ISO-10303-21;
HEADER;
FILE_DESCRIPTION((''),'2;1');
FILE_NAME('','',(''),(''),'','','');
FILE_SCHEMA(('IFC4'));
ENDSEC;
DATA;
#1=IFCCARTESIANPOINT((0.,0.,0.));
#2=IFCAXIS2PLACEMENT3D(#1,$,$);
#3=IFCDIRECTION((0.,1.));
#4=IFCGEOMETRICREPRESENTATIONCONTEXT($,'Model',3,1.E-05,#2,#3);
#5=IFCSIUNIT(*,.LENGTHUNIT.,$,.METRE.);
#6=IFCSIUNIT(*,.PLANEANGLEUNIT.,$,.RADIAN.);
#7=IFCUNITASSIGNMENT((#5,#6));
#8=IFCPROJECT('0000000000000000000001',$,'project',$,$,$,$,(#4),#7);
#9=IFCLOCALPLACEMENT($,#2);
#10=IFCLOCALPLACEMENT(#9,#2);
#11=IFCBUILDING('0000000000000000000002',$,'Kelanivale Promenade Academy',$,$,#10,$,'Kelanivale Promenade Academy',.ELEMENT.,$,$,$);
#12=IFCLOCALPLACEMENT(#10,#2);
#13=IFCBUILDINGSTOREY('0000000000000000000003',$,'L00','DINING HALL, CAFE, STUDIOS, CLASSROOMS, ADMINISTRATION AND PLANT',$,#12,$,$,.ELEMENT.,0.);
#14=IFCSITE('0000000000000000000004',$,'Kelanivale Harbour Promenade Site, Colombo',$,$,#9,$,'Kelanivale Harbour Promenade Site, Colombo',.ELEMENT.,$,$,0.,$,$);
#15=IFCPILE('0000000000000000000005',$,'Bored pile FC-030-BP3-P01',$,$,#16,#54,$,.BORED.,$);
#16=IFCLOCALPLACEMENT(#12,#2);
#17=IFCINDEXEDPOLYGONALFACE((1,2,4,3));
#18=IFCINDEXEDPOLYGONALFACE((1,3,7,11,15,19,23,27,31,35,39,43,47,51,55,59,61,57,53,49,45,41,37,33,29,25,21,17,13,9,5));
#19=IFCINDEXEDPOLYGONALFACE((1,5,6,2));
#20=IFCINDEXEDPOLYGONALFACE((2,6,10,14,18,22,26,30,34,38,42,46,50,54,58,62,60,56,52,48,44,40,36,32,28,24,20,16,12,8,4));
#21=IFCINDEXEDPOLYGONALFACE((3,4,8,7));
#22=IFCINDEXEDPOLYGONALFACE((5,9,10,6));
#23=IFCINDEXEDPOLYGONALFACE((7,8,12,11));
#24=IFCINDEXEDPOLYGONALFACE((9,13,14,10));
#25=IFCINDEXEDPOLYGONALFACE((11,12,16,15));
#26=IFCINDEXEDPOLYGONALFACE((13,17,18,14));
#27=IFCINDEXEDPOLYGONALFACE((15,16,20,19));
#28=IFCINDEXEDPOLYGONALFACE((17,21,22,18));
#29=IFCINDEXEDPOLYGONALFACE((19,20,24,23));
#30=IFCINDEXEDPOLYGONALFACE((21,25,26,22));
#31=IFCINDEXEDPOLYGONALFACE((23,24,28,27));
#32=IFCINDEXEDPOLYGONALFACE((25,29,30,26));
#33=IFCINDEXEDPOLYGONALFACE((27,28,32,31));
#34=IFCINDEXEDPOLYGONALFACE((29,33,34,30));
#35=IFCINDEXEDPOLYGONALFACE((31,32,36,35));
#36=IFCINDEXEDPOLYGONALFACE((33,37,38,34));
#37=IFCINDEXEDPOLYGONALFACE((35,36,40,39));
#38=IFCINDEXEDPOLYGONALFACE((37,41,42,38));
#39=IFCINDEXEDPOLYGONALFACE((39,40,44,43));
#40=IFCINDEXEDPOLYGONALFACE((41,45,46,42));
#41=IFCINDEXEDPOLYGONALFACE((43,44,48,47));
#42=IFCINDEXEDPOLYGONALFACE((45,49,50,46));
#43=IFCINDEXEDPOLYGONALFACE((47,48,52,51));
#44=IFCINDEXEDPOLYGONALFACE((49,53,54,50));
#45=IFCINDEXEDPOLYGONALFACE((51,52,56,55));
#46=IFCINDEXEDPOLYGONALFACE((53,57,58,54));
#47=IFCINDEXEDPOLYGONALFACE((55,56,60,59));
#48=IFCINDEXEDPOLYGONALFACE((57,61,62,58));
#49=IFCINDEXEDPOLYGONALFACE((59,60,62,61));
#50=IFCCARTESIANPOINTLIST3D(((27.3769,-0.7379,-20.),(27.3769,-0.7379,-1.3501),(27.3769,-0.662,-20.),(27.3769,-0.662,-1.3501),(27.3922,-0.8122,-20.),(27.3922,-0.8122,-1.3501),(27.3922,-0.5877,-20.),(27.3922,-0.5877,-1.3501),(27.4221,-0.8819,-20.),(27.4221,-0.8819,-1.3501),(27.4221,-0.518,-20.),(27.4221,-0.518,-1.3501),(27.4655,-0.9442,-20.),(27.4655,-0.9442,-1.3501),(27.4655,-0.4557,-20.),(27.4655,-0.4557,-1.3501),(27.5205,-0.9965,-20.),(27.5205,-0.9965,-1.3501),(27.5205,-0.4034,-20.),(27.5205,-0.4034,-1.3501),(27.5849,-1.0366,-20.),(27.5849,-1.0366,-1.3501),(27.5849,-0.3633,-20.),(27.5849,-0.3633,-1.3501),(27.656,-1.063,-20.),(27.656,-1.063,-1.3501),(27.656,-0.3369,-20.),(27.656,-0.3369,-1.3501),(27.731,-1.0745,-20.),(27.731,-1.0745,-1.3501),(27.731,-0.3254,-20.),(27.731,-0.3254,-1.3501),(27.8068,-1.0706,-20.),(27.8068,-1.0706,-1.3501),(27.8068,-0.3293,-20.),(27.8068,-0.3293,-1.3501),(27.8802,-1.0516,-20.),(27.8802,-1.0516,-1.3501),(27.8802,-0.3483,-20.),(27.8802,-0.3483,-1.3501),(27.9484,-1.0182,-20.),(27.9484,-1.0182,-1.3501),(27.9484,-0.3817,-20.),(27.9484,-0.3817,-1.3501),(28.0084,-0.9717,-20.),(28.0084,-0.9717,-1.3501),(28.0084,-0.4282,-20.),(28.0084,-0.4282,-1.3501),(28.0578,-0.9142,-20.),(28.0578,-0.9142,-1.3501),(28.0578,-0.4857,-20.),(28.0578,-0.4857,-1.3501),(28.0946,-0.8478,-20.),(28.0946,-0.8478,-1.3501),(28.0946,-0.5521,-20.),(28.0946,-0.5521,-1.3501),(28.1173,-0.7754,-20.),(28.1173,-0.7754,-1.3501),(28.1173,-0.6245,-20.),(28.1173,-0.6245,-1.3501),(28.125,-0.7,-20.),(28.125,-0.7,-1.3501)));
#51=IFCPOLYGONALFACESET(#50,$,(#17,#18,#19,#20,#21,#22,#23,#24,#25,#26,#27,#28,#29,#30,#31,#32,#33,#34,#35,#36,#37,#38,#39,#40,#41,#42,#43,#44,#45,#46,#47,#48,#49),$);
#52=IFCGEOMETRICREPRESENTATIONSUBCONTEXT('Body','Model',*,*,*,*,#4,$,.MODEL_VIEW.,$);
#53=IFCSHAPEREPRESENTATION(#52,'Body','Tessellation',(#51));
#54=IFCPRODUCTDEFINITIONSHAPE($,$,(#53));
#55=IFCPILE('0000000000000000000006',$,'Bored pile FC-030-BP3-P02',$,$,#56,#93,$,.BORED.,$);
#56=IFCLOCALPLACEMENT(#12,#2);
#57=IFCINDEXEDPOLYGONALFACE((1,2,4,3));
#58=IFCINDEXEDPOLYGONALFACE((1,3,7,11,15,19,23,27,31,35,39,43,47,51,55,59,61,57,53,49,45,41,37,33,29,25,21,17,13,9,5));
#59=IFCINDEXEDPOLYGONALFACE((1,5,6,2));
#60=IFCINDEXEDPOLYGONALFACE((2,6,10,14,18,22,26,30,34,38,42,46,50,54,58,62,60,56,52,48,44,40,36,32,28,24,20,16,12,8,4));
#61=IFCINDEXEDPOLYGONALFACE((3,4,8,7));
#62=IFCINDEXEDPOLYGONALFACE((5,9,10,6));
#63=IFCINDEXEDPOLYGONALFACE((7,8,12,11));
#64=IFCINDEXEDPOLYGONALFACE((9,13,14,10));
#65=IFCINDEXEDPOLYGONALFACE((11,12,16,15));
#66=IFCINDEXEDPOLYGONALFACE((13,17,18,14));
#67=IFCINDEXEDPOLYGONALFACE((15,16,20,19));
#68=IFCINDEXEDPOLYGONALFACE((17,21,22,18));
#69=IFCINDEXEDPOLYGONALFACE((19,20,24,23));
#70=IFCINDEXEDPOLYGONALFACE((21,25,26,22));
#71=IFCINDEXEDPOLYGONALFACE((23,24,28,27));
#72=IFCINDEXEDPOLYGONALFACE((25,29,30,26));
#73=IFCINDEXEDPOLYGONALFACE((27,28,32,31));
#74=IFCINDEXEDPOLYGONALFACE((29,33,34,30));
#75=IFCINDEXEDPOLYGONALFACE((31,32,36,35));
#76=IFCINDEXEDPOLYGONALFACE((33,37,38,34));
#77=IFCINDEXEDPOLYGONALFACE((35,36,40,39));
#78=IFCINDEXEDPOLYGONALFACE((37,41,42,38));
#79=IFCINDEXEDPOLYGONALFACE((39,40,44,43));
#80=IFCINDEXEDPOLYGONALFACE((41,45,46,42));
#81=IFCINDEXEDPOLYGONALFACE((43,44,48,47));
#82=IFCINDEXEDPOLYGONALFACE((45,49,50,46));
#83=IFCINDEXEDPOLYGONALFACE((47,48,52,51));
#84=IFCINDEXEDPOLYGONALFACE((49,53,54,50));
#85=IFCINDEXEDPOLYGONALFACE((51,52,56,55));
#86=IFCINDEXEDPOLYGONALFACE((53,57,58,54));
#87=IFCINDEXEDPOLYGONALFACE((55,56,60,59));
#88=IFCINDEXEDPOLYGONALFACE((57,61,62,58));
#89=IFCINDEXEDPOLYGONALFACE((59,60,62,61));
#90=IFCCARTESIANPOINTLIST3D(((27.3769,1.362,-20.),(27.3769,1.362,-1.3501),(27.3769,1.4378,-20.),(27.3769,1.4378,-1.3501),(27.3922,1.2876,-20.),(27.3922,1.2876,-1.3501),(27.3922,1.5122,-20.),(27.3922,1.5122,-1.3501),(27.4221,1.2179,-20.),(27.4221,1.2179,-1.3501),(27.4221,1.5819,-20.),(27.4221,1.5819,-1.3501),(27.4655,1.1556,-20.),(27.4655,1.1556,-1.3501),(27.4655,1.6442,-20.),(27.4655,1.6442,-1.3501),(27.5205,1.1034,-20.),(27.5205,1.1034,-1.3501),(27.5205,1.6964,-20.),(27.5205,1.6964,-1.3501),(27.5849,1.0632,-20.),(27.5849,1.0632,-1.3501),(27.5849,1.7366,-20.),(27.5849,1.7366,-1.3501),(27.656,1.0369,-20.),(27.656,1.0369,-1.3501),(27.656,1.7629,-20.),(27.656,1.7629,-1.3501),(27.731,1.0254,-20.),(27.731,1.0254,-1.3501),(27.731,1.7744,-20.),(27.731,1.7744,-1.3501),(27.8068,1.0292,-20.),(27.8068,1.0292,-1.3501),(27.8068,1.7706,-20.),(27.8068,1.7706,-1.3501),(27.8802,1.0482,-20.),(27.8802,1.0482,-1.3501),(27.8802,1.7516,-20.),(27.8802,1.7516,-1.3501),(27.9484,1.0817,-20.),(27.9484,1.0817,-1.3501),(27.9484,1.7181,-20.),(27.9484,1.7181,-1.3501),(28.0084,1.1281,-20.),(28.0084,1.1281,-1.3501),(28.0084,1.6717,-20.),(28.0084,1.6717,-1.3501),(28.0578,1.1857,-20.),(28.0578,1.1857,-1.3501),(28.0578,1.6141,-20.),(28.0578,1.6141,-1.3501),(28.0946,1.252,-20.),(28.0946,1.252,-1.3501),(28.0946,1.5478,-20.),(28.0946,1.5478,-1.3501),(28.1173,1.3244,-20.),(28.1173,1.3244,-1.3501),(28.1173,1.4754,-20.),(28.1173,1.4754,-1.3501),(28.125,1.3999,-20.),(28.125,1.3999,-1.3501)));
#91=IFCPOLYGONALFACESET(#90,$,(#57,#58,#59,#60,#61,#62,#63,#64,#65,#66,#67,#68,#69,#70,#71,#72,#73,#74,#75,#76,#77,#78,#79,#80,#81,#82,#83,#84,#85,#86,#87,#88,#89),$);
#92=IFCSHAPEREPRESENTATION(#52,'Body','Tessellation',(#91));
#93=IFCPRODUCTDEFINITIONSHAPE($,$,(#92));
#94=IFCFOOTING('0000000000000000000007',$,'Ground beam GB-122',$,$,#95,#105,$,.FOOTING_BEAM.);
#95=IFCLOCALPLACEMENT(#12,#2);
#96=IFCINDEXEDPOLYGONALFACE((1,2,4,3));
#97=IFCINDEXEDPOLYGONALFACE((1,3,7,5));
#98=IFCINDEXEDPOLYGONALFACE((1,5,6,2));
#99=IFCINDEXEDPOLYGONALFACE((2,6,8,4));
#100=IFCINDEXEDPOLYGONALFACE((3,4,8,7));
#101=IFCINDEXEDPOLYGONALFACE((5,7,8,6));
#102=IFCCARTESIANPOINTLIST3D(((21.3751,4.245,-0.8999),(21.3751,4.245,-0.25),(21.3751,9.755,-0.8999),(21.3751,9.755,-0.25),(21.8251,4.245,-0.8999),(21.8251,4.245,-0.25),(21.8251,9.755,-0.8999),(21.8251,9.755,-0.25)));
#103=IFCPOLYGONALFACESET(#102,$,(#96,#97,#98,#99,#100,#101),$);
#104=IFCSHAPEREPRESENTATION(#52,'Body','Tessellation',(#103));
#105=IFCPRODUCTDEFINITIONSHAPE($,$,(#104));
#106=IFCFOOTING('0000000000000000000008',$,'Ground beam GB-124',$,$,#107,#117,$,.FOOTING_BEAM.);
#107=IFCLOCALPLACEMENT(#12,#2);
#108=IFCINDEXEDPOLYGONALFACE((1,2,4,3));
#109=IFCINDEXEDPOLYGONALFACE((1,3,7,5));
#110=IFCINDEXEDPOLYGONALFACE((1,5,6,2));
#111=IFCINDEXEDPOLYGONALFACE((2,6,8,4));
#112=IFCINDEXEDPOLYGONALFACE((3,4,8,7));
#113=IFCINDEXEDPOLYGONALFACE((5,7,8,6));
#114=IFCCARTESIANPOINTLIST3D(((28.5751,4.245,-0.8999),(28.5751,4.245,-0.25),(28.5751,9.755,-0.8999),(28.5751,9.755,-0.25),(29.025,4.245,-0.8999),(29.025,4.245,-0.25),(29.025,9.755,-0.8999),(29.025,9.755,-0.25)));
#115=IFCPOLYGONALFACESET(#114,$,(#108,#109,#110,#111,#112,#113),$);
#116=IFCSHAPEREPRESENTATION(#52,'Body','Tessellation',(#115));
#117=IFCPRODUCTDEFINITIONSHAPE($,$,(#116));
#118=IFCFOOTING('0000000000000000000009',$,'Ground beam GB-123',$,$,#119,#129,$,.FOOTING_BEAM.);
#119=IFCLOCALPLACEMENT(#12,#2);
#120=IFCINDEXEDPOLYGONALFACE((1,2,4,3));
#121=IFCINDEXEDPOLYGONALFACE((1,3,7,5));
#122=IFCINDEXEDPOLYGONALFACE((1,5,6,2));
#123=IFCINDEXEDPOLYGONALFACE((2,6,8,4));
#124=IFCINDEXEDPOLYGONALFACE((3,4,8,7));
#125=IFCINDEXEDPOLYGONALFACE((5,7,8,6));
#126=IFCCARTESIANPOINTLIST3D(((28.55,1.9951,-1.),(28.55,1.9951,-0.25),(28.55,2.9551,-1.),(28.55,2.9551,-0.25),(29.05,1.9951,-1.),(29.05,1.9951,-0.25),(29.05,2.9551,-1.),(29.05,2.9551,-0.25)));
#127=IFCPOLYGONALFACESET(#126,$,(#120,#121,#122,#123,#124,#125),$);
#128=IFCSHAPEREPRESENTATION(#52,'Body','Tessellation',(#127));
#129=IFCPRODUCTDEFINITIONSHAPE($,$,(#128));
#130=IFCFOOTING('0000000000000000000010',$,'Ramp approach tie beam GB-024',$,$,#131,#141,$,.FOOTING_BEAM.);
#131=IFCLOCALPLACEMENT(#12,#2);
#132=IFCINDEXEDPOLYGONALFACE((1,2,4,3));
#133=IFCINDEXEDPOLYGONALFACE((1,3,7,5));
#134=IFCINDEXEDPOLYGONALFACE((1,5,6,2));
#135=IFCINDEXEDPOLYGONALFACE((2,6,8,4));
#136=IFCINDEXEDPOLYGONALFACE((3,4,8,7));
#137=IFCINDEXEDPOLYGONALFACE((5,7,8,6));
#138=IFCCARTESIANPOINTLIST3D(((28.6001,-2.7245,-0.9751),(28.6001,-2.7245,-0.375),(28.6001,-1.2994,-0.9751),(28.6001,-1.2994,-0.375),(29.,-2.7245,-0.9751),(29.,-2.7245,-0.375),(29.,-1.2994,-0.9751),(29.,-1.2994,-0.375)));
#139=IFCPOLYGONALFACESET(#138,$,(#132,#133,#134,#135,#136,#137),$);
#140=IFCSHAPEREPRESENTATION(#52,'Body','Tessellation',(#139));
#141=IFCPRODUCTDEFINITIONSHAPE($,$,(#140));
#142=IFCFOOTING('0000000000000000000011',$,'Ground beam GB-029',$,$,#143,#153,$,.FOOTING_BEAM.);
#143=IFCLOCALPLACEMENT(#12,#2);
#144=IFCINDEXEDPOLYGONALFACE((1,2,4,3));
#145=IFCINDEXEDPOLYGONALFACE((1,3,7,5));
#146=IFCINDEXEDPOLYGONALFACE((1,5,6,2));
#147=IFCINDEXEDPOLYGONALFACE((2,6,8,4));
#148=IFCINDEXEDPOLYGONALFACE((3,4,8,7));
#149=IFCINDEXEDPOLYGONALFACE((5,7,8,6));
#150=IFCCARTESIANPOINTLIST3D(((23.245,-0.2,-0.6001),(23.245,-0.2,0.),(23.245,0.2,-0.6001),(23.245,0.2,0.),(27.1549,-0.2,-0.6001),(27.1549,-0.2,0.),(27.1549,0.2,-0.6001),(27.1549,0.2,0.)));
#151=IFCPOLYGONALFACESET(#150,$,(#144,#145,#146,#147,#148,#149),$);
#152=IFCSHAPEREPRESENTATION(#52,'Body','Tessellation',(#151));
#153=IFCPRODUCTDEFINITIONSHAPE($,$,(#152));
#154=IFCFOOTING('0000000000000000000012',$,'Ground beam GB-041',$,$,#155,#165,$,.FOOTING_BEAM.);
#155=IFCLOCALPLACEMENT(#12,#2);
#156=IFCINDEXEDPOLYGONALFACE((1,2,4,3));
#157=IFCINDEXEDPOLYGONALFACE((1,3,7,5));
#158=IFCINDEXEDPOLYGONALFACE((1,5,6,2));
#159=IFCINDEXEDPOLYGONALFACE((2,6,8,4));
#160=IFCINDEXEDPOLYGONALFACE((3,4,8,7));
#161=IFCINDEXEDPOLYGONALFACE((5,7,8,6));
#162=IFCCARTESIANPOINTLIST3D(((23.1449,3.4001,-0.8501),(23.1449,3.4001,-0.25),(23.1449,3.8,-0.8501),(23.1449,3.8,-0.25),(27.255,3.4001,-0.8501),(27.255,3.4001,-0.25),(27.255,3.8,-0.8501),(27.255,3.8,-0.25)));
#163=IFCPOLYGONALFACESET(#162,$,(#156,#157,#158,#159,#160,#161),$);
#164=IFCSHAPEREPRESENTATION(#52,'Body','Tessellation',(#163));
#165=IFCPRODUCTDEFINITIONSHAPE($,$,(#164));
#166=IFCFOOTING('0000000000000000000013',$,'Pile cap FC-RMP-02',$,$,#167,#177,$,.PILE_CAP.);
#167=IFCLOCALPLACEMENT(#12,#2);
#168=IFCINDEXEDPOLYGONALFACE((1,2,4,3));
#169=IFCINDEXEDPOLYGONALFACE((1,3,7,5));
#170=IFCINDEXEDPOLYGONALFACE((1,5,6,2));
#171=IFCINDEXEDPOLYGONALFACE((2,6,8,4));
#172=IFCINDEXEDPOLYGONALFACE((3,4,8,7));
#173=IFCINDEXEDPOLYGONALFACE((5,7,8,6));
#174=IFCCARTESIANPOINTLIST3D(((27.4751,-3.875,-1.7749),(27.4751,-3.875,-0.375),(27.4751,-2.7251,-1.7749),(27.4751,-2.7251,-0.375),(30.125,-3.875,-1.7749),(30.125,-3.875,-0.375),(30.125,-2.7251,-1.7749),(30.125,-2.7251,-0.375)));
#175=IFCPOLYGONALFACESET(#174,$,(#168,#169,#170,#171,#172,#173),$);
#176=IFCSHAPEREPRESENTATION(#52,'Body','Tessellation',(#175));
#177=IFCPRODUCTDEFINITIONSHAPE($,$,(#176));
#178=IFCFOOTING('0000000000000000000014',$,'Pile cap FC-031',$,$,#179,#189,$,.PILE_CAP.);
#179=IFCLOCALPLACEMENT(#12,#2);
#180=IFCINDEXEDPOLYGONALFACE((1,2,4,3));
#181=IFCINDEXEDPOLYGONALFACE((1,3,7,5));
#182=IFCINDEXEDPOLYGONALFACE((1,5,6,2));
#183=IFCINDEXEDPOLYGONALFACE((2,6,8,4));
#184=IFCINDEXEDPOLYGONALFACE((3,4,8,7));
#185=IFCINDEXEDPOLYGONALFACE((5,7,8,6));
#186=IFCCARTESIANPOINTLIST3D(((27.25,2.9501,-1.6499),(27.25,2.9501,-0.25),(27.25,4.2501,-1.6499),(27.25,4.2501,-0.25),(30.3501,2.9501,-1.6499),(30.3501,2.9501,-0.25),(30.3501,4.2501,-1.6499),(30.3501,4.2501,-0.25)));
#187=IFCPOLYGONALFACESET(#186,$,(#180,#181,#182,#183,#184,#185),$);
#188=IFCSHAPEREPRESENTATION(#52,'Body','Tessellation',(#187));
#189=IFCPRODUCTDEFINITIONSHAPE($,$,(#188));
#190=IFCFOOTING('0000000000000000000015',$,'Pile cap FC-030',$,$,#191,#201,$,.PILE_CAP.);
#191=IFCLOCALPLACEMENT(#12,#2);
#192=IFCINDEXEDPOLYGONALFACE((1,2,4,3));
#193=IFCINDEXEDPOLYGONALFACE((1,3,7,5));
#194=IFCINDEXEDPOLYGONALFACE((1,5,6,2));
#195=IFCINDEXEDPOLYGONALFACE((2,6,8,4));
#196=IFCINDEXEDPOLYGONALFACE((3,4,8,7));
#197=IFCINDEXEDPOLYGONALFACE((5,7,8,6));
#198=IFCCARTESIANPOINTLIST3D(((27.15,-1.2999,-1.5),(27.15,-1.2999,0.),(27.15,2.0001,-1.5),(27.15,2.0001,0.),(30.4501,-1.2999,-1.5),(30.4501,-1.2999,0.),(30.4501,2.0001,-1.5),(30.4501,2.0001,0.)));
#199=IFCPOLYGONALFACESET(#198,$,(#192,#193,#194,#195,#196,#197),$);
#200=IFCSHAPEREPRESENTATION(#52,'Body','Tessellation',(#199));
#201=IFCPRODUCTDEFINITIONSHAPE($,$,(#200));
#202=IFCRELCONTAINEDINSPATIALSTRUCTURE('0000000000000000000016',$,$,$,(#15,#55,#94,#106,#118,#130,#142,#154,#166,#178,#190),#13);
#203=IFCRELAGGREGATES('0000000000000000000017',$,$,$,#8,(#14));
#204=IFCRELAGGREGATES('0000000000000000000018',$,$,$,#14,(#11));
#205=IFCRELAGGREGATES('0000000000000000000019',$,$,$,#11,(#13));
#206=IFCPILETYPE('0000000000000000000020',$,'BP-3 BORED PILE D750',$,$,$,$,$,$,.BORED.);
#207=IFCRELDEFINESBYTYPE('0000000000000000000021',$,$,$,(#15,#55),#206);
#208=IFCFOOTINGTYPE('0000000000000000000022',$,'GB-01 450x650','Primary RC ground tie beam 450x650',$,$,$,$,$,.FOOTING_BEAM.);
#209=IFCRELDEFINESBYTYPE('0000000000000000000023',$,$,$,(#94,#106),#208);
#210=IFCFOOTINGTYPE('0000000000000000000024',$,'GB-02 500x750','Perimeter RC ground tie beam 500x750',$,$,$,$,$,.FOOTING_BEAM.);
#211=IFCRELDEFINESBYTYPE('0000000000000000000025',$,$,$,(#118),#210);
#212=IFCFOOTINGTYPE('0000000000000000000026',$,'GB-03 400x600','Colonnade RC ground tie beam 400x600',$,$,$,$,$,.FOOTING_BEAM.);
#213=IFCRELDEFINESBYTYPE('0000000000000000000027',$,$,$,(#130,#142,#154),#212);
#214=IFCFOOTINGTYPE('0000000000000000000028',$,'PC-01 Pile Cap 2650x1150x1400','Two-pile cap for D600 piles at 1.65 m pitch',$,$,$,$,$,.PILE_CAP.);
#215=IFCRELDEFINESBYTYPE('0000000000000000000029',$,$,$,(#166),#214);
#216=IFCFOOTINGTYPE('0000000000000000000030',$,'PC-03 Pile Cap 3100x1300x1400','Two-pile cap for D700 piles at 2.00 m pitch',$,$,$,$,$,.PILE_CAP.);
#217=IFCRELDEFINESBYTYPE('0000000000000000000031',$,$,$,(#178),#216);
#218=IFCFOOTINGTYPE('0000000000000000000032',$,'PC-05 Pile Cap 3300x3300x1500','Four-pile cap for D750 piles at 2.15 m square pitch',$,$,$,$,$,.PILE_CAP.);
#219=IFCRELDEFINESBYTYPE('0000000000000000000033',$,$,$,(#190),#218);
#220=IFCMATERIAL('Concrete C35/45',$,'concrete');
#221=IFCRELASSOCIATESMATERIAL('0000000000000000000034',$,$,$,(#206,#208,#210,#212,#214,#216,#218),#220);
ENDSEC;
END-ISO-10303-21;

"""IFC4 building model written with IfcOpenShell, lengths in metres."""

from ifc_helpers import new_model, si_unit, direction, frame, origin, origin_2d, place, context, subcontext, project, spatial, rectangle, circle, extrude, material, material_profile, profile_set, type_object, element, save


model = new_model("IFC4")

# Units and contexts
model_context = context("Model", 3, precision=1e-05, world=origin(), true_north=direction((0.0, 1.0)))
body_context = subcontext(model_context, "Body", "Model", "MODEL_VIEW")
ifc_project = project(units=[si_unit("LENGTHUNIT", "METRE"), si_unit("PLANEANGLEUNIT", "RADIAN")], contexts=[model_context])

# Site, building, storey
site_placement = place(None, origin())
site = spatial("IfcSite", under=ifc_project, at=site_placement, Name="Kelanivale Harbour Promenade Site, Colombo", LongName="Kelanivale Harbour Promenade Site, Colombo", CompositionType="ELEMENT", RefElevation=0.0)
building_placement = place(site_placement, origin())
building = spatial("IfcBuilding", under=site, at=building_placement, Name="Kelanivale Promenade Academy", LongName="Kelanivale Promenade Academy", CompositionType="ELEMENT")
storey_placement = place(building_placement, origin())
storey = spatial("IfcBuildingStorey", under=building, at=storey_placement, Name="L00", Description="DINING HALL, CAFE, STUDIOS, CLASSROOMS, ADMINISTRATION AND PLANT", CompositionType="ELEMENT", Elevation=0.0)

# Piles
ifc_material_1 = material(Name="Concrete C35/45", Category="concrete")
ifc_material_profile_1 = material_profile(ifc_material_1, circle(Radius=0.375, at=origin_2d()), Name="BORED PILE D750")
ifc_profile_set_1 = profile_set([ifc_material_profile_1], Name="Concrete C35/45")
pile_type_1 = type_object("IfcPileType", Name="BP-3 BORED PILE D750", PredefinedType="BORED", material=ifc_profile_set_1)
for number, where, z_axis, x_axis, name in (
    (1, (27.75, -0.7, -1.3501), (0.0, 0.0, -1.0), (1.0, 0.0, 0.0), "Bored pile FC-030-BP3-P01"),
    (2, (27.75, 1.3999, -1.3501), (0.0, 0.0, -1.0), (1.0, 0.0, 0.0), "Bored pile FC-030-BP3-P02"),
):
    element("IfcPile", number, at=place(storey_placement, frame(where, z_axis=z_axis, x_axis=x_axis)), inside=storey, type_object=pile_type_1, Name=name, PredefinedType="BORED", context=body_context, shape_type="SweptSolid", body=[
        extrude(circle(Radius=0.375, at=origin_2d()), origin(), (0.0, 0.0, 1.0), 18.6499),
    ])

# Footings
footing_type_1 = type_object("IfcFootingType", Name="GB-01 450x650", Description="Primary RC ground tie beam 450x650", PredefinedType="FOOTING_BEAM", material=ifc_material_1)
for number, where, z_axis, x_axis, name in (
    (3, (21.6001, 7.0, -0.8999), (0.0, 0.0, 1.0), (0.0, 1.0, 0.0), "Ground beam GB-122"),
    (4, (28.8, 7.0, -0.8999), (0.0, 0.0, 1.0), (0.0, 1.0, 0.0), "Ground beam GB-124"),
):
    element("IfcFooting", number, at=place(storey_placement, frame(where, z_axis=z_axis, x_axis=x_axis)), inside=storey, type_object=footing_type_1, Name=name, PredefinedType="FOOTING_BEAM", context=body_context, shape_type="SweptSolid", body=[
        extrude(rectangle(XDim=5.51, YDim=0.45, at=origin_2d()), origin(), (0.0, 0.0, 1.0), 0.6499),
    ])
footing_type_2 = type_object("IfcFootingType", Name="GB-02 500x750", Description="Perimeter RC ground tie beam 500x750", PredefinedType="FOOTING_BEAM", material=ifc_material_1)
footing_1_placement = place(storey_placement, frame((28.8, 2.4751, -1.0), z_axis=(0.0, 0.0, 1.0), x_axis=(0.0, 1.0, 0.0)))
element("IfcFooting", 5, at=footing_1_placement, inside=storey, type_object=footing_type_2, Name="Ground beam GB-123", PredefinedType="FOOTING_BEAM", context=body_context, shape_type="SweptSolid", body=[
    extrude(rectangle(XDim=0.96, YDim=0.5, at=origin_2d()), origin(), (0.0, 0.0, 1.0), 0.75),
])
footing_type_3 = type_object("IfcFootingType", Name="GB-03 400x600", Description="Colonnade RC ground tie beam 400x600", PredefinedType="FOOTING_BEAM", material=ifc_material_1)
footing_2_placement = place(storey_placement, frame((28.8, -2.012, -0.9751), z_axis=(0.0, 0.0, 1.0), x_axis=(0.0, 1.0, 0.0)))
element("IfcFooting", 6, at=footing_2_placement, inside=storey, type_object=footing_type_3, Name="Ramp approach tie beam GB-024", PredefinedType="FOOTING_BEAM", context=body_context, shape_type="SweptSolid", body=[
    extrude(rectangle(XDim=1.425, YDim=0.3999, at=origin_2d()), origin(), (0.0, 0.0, 1.0), 0.6001),
])
footing_3_placement = place(storey_placement, frame((25.2, 0.0, -0.6001), z_axis=(0.0, 0.0, 1.0), x_axis=(1.0, 0.0, 0.0)))
element("IfcFooting", 7, at=footing_3_placement, inside=storey, type_object=footing_type_3, Name="Ground beam GB-029", PredefinedType="FOOTING_BEAM", context=body_context, shape_type="SweptSolid", body=[
    extrude(rectangle(XDim=3.9099, YDim=0.3999, at=origin_2d()), origin(), (0.0, 0.0, 1.0), 0.6001),
])
footing_4_placement = place(storey_placement, frame((25.2, 3.6001, -0.8501), z_axis=(0.0, 0.0, 1.0), x_axis=(1.0, 0.0, 0.0)))
element("IfcFooting", 8, at=footing_4_placement, inside=storey, type_object=footing_type_3, Name="Ground beam GB-041", PredefinedType="FOOTING_BEAM", context=body_context, shape_type="SweptSolid", body=[
    extrude(rectangle(XDim=4.1101, YDim=0.3999, at=origin_2d()), origin(), (0.0, 0.0, 1.0), 0.6001),
])
footing_type_4 = type_object("IfcFootingType", Name="PC-01 Pile Cap 2650x1150x1400", Description="Two-pile cap for D600 piles at 1.65 m pitch", PredefinedType="PILE_CAP", material=ifc_material_1)
footing_5_placement = place(storey_placement, frame((28.8, -3.3, -1.7749), z_axis=(0.0, 0.0, 1.0), x_axis=(1.0, 0.0, 0.0)))
element("IfcFooting", 9, at=footing_5_placement, inside=storey, type_object=footing_type_4, Name="Pile cap FC-RMP-02", PredefinedType="PILE_CAP", context=body_context, shape_type="SweptSolid", body=[
    extrude(rectangle(XDim=2.6499, YDim=1.1499, at=origin_2d()), origin(), (0.0, 0.0, 1.0), 1.3999),
])
footing_type_5 = type_object("IfcFootingType", Name="PC-03 Pile Cap 3100x1300x1400", Description="Two-pile cap for D700 piles at 2.00 m pitch", PredefinedType="PILE_CAP", material=ifc_material_1)
footing_6_placement = place(storey_placement, frame((28.8, 3.6001, -1.6499), z_axis=(0.0, 0.0, 1.0), x_axis=(1.0, 0.0, 0.0)))
element("IfcFooting", 10, at=footing_6_placement, inside=storey, type_object=footing_type_5, Name="Pile cap FC-031", PredefinedType="PILE_CAP", context=body_context, shape_type="SweptSolid", body=[
    extrude(rectangle(XDim=3.1001, YDim=1.3, at=origin_2d()), origin(), (0.0, 0.0, 1.0), 1.3999),
])
footing_type_6 = type_object("IfcFootingType", Name="PC-05 Pile Cap 3300x3300x1500", Description="Four-pile cap for D750 piles at 2.15 m square pitch", PredefinedType="PILE_CAP", material=ifc_material_1)
footing_7_placement = place(storey_placement, frame((28.8, 0.3501, -1.5), z_axis=(0.0, 0.0, 1.0), x_axis=(1.0, 0.0, 0.0)))
element("IfcFooting", 11, at=footing_7_placement, inside=storey, type_object=footing_type_6, Name="Pile cap FC-030", PredefinedType="PILE_CAP", context=body_context, shape_type="SweptSolid", body=[
    extrude(rectangle(XDim=3.3, YDim=3.3, at=origin_2d()), origin(), (0.0, 0.0, 1.0), 1.5),
])

save(model, "model.ifc")
